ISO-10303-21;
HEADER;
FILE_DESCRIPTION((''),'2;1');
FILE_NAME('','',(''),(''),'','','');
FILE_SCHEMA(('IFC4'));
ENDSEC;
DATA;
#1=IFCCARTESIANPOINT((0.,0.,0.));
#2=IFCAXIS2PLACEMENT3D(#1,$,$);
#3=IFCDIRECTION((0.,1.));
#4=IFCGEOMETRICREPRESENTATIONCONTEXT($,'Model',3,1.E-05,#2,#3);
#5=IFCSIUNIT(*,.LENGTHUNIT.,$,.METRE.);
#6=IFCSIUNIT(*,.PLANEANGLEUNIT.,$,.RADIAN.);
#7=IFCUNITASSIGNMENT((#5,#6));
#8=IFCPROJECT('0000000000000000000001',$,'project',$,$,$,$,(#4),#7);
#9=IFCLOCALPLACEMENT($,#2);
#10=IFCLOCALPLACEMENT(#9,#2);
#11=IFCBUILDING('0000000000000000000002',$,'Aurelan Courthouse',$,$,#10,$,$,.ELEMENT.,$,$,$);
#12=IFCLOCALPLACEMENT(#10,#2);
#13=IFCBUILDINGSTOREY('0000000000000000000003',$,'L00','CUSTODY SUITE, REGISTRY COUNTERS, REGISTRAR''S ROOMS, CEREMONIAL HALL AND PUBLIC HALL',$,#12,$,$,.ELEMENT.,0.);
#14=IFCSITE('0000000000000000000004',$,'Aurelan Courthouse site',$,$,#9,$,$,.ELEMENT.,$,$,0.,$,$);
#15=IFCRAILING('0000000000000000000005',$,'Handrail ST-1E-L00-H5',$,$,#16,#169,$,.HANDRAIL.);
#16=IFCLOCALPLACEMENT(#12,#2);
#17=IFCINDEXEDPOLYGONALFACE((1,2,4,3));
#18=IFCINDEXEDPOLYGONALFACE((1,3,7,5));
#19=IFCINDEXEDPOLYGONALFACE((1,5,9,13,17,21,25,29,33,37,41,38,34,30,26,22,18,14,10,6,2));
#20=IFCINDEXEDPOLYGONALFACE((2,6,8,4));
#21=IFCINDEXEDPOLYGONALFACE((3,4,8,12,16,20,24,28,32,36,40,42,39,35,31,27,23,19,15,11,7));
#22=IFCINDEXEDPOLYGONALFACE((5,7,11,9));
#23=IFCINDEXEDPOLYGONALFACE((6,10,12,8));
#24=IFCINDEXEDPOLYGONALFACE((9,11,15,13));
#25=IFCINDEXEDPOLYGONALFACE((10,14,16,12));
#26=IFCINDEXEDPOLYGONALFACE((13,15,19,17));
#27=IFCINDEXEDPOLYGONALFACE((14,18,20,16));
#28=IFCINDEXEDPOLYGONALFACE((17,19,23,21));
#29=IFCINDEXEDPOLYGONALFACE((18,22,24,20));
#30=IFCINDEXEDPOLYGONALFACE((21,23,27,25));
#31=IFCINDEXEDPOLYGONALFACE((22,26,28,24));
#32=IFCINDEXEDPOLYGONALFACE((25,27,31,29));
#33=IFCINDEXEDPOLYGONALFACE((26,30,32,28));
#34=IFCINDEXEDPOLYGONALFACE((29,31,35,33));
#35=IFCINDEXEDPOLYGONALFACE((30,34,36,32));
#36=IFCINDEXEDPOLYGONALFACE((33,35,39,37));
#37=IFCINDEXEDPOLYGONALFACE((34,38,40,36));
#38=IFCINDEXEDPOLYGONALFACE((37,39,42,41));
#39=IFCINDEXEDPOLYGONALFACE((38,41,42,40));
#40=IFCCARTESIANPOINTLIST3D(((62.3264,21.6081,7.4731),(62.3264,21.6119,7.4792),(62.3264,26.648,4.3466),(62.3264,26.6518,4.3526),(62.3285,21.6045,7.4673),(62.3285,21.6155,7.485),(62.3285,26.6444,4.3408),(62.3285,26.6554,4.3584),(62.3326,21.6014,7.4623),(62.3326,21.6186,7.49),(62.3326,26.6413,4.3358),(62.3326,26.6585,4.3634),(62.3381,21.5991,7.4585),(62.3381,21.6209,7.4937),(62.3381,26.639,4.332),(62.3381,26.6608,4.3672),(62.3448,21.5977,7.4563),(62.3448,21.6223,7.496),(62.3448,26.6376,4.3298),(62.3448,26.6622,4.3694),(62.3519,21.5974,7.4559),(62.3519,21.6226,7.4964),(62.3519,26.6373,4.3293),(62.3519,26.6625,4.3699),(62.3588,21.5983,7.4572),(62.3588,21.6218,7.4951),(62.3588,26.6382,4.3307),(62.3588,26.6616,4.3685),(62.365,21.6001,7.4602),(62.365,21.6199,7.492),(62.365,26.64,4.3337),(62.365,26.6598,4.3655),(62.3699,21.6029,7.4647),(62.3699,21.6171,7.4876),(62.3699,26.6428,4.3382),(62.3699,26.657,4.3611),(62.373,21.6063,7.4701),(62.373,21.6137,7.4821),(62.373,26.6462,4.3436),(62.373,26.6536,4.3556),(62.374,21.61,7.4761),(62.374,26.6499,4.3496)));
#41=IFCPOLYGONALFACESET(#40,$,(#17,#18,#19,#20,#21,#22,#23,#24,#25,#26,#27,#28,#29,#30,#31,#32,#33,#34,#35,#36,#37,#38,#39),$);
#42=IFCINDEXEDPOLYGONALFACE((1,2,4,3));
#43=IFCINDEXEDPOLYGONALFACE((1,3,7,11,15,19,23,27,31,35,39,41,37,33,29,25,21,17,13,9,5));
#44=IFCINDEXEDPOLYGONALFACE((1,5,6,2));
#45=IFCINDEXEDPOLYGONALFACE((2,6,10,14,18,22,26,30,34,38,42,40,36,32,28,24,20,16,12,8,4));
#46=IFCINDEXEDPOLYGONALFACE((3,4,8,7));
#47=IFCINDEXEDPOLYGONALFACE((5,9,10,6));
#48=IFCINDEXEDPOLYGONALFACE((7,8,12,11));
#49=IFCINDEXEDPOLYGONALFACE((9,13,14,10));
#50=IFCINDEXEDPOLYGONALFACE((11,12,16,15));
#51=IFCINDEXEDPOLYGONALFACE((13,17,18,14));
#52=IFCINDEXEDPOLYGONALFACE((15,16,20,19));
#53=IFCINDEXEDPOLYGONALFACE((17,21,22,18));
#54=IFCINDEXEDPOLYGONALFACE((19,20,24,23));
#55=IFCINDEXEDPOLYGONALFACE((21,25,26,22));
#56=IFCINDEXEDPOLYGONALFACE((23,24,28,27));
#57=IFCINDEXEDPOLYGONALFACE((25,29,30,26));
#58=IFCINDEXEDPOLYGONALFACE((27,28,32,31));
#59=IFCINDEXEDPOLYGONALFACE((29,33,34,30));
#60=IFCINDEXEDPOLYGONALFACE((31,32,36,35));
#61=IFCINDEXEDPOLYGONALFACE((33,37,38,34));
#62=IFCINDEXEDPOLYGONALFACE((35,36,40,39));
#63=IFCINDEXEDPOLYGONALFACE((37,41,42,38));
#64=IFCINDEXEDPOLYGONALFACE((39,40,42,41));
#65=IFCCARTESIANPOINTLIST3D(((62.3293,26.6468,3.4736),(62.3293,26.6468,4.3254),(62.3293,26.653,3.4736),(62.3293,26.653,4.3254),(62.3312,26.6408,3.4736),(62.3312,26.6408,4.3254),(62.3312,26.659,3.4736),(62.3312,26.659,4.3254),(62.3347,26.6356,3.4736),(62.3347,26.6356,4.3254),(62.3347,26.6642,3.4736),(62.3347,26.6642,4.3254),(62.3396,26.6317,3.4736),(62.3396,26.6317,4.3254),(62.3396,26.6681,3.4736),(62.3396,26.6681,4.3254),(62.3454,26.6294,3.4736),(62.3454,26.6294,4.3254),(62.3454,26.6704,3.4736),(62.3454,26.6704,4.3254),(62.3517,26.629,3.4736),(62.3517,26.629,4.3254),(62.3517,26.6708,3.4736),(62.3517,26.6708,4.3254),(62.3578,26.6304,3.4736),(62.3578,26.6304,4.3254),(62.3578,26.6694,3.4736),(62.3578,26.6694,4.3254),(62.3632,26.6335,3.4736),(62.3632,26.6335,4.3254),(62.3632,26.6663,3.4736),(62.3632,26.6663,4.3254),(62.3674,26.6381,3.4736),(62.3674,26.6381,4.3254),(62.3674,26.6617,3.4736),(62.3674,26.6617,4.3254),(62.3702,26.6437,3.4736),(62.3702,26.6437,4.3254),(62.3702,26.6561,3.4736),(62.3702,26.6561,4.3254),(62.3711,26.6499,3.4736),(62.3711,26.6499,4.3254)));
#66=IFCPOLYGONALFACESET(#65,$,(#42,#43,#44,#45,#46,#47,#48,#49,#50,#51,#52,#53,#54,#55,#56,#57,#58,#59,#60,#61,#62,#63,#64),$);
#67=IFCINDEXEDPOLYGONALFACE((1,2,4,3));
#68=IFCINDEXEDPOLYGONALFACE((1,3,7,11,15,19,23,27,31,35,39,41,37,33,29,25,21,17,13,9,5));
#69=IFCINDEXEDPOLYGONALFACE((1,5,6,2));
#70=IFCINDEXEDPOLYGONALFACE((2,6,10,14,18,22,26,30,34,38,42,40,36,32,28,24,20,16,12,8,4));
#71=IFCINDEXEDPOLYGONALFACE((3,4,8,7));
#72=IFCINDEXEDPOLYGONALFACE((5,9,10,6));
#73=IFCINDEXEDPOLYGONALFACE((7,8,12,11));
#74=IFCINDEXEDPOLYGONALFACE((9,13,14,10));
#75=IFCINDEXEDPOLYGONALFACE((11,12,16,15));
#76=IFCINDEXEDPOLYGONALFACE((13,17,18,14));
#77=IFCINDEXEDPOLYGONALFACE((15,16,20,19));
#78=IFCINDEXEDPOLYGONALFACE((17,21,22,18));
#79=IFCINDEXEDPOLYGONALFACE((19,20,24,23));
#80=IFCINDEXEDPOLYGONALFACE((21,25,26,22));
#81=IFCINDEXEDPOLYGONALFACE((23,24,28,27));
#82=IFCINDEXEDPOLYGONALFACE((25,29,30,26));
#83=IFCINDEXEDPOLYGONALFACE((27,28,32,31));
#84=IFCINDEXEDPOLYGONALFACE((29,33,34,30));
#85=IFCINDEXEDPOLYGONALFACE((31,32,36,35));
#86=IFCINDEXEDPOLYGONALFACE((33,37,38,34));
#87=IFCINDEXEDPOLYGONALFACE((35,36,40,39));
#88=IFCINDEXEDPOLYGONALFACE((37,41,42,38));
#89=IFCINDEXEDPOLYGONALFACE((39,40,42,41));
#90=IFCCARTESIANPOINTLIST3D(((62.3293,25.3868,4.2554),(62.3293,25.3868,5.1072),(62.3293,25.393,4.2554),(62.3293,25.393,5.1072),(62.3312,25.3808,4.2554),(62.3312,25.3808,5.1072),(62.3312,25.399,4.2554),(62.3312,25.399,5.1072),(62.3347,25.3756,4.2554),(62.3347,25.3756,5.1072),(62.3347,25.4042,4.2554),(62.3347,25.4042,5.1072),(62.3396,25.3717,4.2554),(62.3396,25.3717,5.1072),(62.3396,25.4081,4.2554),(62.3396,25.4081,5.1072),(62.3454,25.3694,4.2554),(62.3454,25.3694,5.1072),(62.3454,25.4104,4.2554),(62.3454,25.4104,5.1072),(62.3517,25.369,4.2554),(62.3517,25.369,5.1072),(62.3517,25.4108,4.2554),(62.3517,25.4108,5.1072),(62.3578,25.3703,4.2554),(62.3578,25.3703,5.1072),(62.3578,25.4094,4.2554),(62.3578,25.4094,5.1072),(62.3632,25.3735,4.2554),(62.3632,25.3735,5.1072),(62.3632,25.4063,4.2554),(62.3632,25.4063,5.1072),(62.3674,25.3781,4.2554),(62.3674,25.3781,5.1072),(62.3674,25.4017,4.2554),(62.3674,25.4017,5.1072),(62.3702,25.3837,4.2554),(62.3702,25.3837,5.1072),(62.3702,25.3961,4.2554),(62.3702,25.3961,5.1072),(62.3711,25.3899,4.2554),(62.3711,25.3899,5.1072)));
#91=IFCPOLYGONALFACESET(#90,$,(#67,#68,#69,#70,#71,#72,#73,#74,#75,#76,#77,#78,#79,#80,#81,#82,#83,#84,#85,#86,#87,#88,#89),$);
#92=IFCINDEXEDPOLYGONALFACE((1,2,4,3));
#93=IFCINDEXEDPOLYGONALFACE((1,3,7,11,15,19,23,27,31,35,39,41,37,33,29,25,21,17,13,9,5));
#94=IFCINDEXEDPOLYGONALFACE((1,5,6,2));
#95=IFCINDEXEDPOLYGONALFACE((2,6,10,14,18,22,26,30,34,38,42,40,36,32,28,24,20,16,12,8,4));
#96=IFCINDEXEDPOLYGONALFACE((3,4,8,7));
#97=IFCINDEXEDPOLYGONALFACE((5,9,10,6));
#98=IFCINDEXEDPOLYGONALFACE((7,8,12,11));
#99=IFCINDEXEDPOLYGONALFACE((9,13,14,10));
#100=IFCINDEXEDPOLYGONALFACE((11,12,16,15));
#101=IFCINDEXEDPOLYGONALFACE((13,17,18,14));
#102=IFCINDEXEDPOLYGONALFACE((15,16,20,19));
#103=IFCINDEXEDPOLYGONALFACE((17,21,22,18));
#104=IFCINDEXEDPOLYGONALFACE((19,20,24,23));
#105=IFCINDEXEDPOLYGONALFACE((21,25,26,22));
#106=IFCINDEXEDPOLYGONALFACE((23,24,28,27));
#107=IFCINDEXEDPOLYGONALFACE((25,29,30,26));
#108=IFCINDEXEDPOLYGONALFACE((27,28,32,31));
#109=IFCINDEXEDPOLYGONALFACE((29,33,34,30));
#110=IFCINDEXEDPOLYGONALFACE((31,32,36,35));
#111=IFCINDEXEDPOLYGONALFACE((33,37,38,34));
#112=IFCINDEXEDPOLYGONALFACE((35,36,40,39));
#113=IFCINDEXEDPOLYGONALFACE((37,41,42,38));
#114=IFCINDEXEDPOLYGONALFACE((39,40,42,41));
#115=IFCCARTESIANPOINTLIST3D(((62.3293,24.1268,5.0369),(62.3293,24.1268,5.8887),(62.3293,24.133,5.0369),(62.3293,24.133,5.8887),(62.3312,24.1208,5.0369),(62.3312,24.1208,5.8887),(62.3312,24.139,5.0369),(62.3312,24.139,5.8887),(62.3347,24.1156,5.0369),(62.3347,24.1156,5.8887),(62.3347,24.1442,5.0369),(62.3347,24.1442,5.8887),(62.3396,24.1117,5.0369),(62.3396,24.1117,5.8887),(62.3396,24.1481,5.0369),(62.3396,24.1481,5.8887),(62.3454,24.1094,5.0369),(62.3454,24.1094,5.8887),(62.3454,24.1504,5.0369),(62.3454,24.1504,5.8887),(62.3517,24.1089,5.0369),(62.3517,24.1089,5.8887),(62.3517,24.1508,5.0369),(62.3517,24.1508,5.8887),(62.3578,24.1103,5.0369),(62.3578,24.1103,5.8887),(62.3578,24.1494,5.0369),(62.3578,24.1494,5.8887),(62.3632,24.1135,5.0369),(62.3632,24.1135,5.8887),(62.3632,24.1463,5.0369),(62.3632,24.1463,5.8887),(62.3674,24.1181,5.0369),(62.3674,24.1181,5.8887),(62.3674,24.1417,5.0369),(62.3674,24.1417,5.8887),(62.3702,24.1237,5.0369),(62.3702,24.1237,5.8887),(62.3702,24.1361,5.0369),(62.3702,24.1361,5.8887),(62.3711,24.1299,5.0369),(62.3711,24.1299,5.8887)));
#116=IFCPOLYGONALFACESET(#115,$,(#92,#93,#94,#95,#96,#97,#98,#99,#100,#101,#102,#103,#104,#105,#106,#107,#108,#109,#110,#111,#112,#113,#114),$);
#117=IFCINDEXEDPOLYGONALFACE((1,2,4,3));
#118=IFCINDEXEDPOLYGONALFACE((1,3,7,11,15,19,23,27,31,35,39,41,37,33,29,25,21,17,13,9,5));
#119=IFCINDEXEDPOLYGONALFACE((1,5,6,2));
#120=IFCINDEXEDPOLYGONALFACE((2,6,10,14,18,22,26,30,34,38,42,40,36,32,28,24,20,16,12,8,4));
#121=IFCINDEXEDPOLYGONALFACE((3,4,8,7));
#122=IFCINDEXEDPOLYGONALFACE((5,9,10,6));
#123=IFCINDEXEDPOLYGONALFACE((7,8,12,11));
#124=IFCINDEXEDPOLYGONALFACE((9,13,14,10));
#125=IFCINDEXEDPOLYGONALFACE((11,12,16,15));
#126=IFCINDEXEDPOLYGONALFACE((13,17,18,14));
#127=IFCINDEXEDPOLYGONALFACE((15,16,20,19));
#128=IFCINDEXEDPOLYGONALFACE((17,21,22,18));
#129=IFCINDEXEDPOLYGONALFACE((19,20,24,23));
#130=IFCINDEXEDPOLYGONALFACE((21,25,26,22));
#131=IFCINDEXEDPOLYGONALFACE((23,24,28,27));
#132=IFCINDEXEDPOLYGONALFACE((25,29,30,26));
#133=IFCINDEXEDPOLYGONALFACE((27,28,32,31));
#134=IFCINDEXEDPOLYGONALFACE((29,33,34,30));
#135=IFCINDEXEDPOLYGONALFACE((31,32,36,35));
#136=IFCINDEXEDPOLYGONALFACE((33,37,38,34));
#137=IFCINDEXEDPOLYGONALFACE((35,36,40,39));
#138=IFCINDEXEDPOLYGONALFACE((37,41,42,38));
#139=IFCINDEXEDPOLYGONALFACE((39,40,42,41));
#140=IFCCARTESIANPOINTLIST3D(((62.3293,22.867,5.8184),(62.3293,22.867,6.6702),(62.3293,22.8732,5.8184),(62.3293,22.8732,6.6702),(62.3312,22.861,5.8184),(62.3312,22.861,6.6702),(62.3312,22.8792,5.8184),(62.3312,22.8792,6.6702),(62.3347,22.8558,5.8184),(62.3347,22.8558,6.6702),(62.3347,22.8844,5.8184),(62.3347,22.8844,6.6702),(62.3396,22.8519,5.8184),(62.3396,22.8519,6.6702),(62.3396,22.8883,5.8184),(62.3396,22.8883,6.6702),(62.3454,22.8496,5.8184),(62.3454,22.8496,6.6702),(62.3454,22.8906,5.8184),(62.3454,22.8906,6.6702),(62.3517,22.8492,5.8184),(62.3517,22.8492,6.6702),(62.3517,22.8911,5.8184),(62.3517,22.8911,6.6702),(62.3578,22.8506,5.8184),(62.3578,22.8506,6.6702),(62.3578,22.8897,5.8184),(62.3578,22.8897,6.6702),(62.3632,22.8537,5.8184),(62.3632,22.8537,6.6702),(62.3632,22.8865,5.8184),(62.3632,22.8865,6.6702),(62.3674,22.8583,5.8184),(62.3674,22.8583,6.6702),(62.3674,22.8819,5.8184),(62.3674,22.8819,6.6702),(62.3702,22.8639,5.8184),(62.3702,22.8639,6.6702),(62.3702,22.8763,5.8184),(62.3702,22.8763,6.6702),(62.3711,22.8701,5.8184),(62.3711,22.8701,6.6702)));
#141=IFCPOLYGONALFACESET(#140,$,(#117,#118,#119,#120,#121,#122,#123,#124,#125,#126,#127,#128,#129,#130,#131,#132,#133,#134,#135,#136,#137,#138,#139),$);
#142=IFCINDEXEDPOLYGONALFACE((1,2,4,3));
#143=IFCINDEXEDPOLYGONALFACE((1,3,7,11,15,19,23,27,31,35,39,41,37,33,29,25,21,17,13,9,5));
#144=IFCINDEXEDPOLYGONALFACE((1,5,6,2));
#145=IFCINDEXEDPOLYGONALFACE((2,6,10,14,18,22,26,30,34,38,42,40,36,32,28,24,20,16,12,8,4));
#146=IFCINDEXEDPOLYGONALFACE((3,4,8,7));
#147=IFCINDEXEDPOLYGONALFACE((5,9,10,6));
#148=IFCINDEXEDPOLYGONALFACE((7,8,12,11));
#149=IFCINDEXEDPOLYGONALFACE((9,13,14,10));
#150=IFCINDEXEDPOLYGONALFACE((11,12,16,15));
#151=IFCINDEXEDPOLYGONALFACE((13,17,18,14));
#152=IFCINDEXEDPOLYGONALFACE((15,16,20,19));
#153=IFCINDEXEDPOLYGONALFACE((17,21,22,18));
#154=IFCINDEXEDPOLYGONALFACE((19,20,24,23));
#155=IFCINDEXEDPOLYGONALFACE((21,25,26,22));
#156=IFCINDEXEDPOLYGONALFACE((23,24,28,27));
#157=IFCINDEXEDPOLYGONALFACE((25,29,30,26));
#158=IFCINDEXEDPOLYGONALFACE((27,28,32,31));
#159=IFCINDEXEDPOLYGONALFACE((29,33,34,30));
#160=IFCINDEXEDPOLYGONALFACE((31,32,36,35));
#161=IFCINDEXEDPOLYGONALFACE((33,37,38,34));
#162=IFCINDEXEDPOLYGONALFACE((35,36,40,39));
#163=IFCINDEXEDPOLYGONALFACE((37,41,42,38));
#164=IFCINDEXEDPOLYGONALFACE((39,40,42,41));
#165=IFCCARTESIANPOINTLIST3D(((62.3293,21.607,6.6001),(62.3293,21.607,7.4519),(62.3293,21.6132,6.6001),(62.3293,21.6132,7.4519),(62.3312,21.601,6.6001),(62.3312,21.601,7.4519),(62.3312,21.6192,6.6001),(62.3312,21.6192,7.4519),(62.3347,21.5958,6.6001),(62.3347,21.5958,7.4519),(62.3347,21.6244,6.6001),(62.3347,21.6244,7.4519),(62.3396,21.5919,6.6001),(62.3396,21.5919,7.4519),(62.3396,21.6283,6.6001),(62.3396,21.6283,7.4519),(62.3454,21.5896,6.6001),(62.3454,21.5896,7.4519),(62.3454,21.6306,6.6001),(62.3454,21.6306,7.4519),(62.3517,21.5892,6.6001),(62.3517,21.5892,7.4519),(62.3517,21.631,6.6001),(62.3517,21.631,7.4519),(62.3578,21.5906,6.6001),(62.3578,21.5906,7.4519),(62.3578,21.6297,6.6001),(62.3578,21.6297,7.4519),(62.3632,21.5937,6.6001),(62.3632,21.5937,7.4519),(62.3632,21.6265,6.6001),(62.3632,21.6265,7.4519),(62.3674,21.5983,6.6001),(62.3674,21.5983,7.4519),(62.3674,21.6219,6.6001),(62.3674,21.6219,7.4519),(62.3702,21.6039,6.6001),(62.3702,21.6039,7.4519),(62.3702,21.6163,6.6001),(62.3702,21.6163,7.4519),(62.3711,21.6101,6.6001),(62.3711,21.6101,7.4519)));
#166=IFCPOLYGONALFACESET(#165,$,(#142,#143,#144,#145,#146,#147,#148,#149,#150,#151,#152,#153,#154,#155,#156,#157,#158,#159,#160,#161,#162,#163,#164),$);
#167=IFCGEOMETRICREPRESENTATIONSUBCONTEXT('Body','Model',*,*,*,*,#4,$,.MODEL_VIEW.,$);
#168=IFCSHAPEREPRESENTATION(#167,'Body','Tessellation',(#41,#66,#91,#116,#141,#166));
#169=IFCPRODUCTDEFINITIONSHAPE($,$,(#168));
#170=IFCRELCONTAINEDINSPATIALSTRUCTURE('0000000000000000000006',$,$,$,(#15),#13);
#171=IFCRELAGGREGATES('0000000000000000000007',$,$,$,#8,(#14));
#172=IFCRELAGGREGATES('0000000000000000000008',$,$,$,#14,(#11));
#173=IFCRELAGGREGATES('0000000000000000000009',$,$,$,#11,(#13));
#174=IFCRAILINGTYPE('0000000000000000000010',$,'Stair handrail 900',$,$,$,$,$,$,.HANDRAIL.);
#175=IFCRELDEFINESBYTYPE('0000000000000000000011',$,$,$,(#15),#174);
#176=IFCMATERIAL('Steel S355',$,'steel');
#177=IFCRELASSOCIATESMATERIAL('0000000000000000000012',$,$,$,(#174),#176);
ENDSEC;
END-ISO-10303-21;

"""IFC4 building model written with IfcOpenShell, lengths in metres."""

from ifc_helpers import new_model, si_unit, direction, frame, origin, origin_2d, place, context, subcontext, project, spatial, circle, extrude, material, type_object, element, save


model = new_model("IFC4")

# Units and contexts
model_context = context("Model", 3, precision=1e-05, world=origin(), true_north=direction((0.0, 1.0)))
body_context = subcontext(model_context, "Body", "Model", "MODEL_VIEW")
ifc_project = project(units=[si_unit("LENGTHUNIT", "METRE"), si_unit("PLANEANGLEUNIT", "RADIAN")], contexts=[model_context])

# Site, building, storey
site_placement = place(None, origin())
site = spatial("IfcSite", under=ifc_project, at=site_placement, Name="Aurelan Courthouse site", CompositionType="ELEMENT", RefElevation=0.0)
building_placement = place(site_placement, origin())
building = spatial("IfcBuilding", under=site, at=building_placement, Name="Aurelan Courthouse", CompositionType="ELEMENT")
storey_placement = place(building_placement, origin())
storey = spatial("IfcBuildingStorey", under=building, at=storey_placement, Name="L00", Description="CUSTODY SUITE, REGISTRY COUNTERS, REGISTRAR'S ROOMS, CEREMONIAL HALL AND PUBLIC HALL", CompositionType="ELEMENT", Elevation=0.0)

# Railing
ifc_material_1 = material(Name="Steel S355", Category="steel")
railing_type_1 = type_object("IfcRailingType", Name="Stair handrail 900", PredefinedType="HANDRAIL", material=ifc_material_1)
for number, where, name in (
    (1, (62.3501, 26.6499, 3.4736), "Handrail ST-1E-L00-H5"),
):
    element("IfcRailing", number, at=place(storey_placement, frame(where)), inside=storey, type_object=railing_type_1, Name=name, PredefinedType="HANDRAIL", context=body_context, shape_type="SweptSolid", body=[
        extrude(circle(Radius=0.0239, at=origin_2d()), frame((0.0, 0.0, 0.876), z_axis=(0.0, -0.849767, 0.527158), x_axis=(1.0, 0.0, 0.0)), (0.0, 0.0, 1.0), 5.9309),
        extrude(circle(Radius=0.021, at=origin_2d()), origin(), (0.0, 0.0, 1.0), 0.8518),
        extrude(circle(Radius=0.021, at=origin_2d()), frame((0.0, -1.26, 0.7817)), (0.0, 0.0, 1.0), 0.8518),
        extrude(circle(Radius=0.021, at=origin_2d()), frame((0.0, -2.52, 1.5632)), (0.0, 0.0, 1.0), 0.8518),
        extrude(circle(Radius=0.021, at=origin_2d()), frame((0.0, -3.7798, 2.3447)), (0.0, 0.0, 1.0), 0.8518),
        extrude(circle(Radius=0.021, at=origin_2d()), frame((0.0, -5.0398, 3.1265)), (0.0, 0.0, 1.0), 0.8518),
    ])

save(model, "model.ifc")
